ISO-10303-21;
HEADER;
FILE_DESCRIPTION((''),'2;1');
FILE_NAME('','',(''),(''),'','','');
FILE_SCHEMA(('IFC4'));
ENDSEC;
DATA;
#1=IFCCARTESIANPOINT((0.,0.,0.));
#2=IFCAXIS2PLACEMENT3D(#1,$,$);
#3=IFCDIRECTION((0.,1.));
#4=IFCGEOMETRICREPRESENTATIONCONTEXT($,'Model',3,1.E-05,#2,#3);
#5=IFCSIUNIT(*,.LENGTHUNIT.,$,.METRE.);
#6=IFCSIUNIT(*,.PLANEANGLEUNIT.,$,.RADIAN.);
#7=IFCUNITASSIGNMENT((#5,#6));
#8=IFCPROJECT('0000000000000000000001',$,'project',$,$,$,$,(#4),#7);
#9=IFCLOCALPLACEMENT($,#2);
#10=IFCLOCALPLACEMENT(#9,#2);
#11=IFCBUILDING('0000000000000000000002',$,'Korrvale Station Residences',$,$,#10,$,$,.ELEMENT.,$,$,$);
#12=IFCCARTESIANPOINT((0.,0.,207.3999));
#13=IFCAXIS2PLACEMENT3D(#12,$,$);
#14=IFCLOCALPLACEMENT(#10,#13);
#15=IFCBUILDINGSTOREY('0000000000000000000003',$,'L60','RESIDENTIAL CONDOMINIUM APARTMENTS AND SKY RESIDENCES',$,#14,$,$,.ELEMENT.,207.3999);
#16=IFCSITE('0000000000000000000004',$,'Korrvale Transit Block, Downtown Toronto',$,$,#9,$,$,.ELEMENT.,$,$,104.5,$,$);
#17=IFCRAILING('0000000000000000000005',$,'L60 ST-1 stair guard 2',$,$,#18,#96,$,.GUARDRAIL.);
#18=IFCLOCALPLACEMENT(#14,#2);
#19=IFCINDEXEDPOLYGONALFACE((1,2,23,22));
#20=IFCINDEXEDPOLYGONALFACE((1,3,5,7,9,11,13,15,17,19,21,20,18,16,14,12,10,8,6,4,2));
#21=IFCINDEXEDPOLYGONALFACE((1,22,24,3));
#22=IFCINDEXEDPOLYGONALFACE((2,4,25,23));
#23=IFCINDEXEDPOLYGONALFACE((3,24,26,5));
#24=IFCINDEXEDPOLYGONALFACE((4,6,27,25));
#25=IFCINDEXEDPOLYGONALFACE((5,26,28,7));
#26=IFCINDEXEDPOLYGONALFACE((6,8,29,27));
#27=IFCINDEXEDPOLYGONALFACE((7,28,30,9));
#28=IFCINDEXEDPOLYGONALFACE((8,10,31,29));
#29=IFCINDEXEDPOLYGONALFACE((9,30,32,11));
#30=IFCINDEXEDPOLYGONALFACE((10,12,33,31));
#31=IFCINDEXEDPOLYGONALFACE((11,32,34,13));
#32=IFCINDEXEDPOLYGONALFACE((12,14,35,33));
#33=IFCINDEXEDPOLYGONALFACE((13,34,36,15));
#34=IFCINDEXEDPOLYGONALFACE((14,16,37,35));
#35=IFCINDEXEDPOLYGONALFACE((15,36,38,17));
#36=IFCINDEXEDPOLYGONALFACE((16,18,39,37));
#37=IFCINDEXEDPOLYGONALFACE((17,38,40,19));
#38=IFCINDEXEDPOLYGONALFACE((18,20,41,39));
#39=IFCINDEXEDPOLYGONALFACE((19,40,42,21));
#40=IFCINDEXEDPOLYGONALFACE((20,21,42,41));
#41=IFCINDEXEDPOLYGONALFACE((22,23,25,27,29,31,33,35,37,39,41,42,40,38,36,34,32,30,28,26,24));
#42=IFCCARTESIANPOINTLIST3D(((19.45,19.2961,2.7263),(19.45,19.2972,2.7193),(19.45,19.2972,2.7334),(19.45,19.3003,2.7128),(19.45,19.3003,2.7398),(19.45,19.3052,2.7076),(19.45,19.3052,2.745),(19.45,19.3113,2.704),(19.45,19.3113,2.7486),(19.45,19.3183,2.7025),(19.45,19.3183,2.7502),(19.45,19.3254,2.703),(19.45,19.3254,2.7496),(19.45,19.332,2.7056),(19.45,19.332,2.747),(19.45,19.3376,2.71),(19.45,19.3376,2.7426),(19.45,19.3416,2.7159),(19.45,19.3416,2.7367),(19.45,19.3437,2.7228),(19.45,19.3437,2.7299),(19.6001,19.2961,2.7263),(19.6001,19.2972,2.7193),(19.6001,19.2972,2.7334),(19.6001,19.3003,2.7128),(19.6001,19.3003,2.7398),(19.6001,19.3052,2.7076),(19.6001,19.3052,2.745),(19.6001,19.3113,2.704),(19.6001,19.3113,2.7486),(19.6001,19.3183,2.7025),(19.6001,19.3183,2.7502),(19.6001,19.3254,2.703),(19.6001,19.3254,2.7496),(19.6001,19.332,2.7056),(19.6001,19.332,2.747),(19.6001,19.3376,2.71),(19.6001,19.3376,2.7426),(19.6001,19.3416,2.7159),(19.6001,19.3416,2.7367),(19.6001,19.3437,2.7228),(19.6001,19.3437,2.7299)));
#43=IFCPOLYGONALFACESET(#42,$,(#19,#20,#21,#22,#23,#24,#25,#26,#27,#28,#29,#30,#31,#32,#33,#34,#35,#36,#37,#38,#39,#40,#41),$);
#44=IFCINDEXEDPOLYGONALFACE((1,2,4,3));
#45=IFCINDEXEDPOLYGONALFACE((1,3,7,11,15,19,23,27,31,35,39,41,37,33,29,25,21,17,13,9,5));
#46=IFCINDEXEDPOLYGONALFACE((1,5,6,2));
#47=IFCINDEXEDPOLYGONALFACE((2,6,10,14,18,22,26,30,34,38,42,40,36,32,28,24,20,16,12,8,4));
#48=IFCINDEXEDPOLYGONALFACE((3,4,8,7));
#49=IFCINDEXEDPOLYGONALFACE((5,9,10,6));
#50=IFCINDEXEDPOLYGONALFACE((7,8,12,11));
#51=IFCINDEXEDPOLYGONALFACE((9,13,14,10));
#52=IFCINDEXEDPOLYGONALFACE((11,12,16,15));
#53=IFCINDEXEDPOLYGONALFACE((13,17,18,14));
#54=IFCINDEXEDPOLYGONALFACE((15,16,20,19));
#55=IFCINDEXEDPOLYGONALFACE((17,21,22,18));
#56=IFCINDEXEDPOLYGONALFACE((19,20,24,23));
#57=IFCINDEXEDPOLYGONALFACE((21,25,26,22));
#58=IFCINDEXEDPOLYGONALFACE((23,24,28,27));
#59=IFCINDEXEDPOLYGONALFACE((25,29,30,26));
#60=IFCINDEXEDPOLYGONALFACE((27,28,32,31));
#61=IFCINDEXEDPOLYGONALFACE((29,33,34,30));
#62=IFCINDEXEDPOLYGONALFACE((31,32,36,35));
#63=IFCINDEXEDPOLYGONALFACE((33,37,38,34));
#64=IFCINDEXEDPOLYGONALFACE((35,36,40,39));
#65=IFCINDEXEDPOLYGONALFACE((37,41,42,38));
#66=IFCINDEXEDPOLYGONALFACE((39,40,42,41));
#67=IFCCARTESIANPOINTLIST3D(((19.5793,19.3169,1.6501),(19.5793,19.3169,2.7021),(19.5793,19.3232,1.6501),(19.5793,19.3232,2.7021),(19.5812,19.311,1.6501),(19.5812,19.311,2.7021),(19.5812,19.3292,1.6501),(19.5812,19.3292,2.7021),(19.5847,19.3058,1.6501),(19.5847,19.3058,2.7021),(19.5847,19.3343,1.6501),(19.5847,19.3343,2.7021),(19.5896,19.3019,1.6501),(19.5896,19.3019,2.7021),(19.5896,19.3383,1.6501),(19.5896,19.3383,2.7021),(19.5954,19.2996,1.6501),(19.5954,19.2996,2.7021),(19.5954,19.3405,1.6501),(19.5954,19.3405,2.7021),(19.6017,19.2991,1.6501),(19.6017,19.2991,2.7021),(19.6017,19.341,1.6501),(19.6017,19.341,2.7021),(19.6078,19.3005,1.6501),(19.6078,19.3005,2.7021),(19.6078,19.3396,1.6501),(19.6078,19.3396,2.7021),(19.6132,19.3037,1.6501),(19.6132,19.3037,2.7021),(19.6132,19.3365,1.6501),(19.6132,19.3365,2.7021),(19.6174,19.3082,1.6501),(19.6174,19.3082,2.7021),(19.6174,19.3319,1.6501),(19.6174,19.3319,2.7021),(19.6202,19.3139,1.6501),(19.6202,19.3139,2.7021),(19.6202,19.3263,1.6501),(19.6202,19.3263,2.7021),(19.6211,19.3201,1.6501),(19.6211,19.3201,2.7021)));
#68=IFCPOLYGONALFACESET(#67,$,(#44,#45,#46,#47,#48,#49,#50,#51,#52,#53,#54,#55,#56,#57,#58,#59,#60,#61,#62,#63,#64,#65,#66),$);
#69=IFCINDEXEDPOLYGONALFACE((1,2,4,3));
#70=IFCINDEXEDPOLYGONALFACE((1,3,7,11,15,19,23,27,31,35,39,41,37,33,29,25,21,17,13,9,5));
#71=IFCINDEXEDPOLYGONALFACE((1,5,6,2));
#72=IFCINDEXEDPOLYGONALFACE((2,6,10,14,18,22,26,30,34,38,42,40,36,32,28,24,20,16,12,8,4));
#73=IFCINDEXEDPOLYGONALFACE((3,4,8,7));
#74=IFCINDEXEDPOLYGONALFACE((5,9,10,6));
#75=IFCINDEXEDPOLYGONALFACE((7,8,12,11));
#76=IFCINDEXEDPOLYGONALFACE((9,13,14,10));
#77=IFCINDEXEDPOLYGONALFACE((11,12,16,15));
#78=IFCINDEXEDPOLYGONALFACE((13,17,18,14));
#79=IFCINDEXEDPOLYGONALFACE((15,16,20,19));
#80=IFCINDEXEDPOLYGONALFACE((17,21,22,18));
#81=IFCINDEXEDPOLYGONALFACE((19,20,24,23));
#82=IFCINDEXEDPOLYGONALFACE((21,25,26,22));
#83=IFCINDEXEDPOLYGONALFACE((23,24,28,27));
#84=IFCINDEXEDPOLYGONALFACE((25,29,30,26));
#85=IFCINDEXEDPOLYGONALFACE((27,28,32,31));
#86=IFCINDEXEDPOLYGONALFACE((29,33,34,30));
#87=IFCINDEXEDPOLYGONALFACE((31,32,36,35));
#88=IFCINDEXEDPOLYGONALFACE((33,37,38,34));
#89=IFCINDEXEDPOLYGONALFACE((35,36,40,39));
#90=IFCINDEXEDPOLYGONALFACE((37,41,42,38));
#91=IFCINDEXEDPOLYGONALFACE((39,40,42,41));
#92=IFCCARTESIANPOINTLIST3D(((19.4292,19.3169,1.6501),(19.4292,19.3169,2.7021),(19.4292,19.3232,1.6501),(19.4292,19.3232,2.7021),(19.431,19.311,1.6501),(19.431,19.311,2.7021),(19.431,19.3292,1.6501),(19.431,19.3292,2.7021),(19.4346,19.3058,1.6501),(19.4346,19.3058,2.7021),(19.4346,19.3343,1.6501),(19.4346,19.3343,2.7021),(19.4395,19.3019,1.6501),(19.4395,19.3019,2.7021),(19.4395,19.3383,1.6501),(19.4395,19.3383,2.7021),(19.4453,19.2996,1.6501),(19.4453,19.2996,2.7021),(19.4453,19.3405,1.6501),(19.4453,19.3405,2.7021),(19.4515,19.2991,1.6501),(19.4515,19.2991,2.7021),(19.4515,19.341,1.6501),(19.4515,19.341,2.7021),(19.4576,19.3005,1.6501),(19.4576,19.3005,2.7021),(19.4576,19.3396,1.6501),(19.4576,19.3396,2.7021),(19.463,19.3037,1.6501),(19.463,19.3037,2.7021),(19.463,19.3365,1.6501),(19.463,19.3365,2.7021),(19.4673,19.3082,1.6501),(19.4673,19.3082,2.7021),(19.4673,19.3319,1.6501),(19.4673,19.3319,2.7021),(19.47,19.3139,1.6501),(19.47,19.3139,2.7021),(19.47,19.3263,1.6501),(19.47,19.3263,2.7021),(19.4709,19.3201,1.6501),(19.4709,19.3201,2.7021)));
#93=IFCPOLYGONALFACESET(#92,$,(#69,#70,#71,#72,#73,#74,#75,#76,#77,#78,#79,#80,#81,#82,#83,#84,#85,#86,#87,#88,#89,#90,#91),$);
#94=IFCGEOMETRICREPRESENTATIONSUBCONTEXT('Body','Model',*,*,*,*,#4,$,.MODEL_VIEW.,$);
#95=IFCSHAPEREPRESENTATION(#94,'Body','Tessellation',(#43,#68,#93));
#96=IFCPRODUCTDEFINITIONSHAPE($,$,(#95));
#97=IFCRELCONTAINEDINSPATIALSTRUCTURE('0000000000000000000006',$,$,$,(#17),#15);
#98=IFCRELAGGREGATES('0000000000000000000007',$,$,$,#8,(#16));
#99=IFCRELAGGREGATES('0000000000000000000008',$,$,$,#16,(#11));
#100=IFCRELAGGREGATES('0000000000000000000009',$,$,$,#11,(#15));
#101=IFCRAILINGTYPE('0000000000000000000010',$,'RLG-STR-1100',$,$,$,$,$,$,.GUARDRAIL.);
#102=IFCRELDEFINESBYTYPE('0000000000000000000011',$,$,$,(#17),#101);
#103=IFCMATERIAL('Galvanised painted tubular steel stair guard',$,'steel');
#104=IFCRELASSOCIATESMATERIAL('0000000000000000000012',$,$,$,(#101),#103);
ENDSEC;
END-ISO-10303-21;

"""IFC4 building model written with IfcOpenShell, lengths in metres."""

from ifc_helpers import new_model, si_unit, direction, frame, origin, origin_2d, place, context, subcontext, project, spatial, circle, extrude, material, type_object, element, save


model = new_model("IFC4")

# Units and contexts
model_context = context("Model", 3, precision=1e-05, world=origin(), true_north=direction((0.0, 1.0)))
body_context = subcontext(model_context, "Body", "Model", "MODEL_VIEW")
ifc_project = project(units=[si_unit("LENGTHUNIT", "METRE"), si_unit("PLANEANGLEUNIT", "RADIAN")], contexts=[model_context])

# Site, building, storey
site_placement = place(None, origin())
site = spatial("IfcSite", under=ifc_project, at=site_placement, Name="Korrvale Transit Block, Downtown Toronto", CompositionType="ELEMENT", RefElevation=104.5)
building_placement = place(site_placement, origin())
building = spatial("IfcBuilding", under=site, at=building_placement, Name="Korrvale Station Residences", CompositionType="ELEMENT")
storey_placement = place(building_placement, frame((0.0, 0.0, 207.3999)))
storey = spatial("IfcBuildingStorey", under=building, at=storey_placement, Name="L60", Description="RESIDENTIAL CONDOMINIUM APARTMENTS AND SKY RESIDENCES", CompositionType="ELEMENT", Elevation=207.3999)

# Railing
ifc_material_1 = material(Name="Galvanised painted tubular steel stair guard", Category="steel")
railing_type_1 = type_object("IfcRailingType", Name="RLG-STR-1100", PredefinedType="GUARDRAIL", material=ifc_material_1)
railing_1_placement = place(storey_placement, frame((19.6001, 19.3201, 1.6501)))
element("IfcRailing", 1, at=railing_1_placement, inside=storey, type_object=railing_type_1, Name="L60 ST-1 stair guard 2", PredefinedType="GUARDRAIL", context=body_context, shape_type="SweptSolid", body=[
    extrude(circle(Radius=0.0239, at=origin_2d()), frame((0.0, 0.0, 1.0762), z_axis=(-1.0, 0.0, 0.0), x_axis=(0.0, -1.0, 0.0)), (0.0, 0.0, 1.0), 0.1501),
    extrude(circle(Radius=0.021, at=origin_2d()), origin(), (0.0, 0.0, 1.0), 1.052),
    extrude(circle(Radius=0.021, at=origin_2d()), frame((-0.1501, 0.0, 0.0)), (0.0, 0.0, 1.0), 1.052),
])

save(model, "model.ifc")
